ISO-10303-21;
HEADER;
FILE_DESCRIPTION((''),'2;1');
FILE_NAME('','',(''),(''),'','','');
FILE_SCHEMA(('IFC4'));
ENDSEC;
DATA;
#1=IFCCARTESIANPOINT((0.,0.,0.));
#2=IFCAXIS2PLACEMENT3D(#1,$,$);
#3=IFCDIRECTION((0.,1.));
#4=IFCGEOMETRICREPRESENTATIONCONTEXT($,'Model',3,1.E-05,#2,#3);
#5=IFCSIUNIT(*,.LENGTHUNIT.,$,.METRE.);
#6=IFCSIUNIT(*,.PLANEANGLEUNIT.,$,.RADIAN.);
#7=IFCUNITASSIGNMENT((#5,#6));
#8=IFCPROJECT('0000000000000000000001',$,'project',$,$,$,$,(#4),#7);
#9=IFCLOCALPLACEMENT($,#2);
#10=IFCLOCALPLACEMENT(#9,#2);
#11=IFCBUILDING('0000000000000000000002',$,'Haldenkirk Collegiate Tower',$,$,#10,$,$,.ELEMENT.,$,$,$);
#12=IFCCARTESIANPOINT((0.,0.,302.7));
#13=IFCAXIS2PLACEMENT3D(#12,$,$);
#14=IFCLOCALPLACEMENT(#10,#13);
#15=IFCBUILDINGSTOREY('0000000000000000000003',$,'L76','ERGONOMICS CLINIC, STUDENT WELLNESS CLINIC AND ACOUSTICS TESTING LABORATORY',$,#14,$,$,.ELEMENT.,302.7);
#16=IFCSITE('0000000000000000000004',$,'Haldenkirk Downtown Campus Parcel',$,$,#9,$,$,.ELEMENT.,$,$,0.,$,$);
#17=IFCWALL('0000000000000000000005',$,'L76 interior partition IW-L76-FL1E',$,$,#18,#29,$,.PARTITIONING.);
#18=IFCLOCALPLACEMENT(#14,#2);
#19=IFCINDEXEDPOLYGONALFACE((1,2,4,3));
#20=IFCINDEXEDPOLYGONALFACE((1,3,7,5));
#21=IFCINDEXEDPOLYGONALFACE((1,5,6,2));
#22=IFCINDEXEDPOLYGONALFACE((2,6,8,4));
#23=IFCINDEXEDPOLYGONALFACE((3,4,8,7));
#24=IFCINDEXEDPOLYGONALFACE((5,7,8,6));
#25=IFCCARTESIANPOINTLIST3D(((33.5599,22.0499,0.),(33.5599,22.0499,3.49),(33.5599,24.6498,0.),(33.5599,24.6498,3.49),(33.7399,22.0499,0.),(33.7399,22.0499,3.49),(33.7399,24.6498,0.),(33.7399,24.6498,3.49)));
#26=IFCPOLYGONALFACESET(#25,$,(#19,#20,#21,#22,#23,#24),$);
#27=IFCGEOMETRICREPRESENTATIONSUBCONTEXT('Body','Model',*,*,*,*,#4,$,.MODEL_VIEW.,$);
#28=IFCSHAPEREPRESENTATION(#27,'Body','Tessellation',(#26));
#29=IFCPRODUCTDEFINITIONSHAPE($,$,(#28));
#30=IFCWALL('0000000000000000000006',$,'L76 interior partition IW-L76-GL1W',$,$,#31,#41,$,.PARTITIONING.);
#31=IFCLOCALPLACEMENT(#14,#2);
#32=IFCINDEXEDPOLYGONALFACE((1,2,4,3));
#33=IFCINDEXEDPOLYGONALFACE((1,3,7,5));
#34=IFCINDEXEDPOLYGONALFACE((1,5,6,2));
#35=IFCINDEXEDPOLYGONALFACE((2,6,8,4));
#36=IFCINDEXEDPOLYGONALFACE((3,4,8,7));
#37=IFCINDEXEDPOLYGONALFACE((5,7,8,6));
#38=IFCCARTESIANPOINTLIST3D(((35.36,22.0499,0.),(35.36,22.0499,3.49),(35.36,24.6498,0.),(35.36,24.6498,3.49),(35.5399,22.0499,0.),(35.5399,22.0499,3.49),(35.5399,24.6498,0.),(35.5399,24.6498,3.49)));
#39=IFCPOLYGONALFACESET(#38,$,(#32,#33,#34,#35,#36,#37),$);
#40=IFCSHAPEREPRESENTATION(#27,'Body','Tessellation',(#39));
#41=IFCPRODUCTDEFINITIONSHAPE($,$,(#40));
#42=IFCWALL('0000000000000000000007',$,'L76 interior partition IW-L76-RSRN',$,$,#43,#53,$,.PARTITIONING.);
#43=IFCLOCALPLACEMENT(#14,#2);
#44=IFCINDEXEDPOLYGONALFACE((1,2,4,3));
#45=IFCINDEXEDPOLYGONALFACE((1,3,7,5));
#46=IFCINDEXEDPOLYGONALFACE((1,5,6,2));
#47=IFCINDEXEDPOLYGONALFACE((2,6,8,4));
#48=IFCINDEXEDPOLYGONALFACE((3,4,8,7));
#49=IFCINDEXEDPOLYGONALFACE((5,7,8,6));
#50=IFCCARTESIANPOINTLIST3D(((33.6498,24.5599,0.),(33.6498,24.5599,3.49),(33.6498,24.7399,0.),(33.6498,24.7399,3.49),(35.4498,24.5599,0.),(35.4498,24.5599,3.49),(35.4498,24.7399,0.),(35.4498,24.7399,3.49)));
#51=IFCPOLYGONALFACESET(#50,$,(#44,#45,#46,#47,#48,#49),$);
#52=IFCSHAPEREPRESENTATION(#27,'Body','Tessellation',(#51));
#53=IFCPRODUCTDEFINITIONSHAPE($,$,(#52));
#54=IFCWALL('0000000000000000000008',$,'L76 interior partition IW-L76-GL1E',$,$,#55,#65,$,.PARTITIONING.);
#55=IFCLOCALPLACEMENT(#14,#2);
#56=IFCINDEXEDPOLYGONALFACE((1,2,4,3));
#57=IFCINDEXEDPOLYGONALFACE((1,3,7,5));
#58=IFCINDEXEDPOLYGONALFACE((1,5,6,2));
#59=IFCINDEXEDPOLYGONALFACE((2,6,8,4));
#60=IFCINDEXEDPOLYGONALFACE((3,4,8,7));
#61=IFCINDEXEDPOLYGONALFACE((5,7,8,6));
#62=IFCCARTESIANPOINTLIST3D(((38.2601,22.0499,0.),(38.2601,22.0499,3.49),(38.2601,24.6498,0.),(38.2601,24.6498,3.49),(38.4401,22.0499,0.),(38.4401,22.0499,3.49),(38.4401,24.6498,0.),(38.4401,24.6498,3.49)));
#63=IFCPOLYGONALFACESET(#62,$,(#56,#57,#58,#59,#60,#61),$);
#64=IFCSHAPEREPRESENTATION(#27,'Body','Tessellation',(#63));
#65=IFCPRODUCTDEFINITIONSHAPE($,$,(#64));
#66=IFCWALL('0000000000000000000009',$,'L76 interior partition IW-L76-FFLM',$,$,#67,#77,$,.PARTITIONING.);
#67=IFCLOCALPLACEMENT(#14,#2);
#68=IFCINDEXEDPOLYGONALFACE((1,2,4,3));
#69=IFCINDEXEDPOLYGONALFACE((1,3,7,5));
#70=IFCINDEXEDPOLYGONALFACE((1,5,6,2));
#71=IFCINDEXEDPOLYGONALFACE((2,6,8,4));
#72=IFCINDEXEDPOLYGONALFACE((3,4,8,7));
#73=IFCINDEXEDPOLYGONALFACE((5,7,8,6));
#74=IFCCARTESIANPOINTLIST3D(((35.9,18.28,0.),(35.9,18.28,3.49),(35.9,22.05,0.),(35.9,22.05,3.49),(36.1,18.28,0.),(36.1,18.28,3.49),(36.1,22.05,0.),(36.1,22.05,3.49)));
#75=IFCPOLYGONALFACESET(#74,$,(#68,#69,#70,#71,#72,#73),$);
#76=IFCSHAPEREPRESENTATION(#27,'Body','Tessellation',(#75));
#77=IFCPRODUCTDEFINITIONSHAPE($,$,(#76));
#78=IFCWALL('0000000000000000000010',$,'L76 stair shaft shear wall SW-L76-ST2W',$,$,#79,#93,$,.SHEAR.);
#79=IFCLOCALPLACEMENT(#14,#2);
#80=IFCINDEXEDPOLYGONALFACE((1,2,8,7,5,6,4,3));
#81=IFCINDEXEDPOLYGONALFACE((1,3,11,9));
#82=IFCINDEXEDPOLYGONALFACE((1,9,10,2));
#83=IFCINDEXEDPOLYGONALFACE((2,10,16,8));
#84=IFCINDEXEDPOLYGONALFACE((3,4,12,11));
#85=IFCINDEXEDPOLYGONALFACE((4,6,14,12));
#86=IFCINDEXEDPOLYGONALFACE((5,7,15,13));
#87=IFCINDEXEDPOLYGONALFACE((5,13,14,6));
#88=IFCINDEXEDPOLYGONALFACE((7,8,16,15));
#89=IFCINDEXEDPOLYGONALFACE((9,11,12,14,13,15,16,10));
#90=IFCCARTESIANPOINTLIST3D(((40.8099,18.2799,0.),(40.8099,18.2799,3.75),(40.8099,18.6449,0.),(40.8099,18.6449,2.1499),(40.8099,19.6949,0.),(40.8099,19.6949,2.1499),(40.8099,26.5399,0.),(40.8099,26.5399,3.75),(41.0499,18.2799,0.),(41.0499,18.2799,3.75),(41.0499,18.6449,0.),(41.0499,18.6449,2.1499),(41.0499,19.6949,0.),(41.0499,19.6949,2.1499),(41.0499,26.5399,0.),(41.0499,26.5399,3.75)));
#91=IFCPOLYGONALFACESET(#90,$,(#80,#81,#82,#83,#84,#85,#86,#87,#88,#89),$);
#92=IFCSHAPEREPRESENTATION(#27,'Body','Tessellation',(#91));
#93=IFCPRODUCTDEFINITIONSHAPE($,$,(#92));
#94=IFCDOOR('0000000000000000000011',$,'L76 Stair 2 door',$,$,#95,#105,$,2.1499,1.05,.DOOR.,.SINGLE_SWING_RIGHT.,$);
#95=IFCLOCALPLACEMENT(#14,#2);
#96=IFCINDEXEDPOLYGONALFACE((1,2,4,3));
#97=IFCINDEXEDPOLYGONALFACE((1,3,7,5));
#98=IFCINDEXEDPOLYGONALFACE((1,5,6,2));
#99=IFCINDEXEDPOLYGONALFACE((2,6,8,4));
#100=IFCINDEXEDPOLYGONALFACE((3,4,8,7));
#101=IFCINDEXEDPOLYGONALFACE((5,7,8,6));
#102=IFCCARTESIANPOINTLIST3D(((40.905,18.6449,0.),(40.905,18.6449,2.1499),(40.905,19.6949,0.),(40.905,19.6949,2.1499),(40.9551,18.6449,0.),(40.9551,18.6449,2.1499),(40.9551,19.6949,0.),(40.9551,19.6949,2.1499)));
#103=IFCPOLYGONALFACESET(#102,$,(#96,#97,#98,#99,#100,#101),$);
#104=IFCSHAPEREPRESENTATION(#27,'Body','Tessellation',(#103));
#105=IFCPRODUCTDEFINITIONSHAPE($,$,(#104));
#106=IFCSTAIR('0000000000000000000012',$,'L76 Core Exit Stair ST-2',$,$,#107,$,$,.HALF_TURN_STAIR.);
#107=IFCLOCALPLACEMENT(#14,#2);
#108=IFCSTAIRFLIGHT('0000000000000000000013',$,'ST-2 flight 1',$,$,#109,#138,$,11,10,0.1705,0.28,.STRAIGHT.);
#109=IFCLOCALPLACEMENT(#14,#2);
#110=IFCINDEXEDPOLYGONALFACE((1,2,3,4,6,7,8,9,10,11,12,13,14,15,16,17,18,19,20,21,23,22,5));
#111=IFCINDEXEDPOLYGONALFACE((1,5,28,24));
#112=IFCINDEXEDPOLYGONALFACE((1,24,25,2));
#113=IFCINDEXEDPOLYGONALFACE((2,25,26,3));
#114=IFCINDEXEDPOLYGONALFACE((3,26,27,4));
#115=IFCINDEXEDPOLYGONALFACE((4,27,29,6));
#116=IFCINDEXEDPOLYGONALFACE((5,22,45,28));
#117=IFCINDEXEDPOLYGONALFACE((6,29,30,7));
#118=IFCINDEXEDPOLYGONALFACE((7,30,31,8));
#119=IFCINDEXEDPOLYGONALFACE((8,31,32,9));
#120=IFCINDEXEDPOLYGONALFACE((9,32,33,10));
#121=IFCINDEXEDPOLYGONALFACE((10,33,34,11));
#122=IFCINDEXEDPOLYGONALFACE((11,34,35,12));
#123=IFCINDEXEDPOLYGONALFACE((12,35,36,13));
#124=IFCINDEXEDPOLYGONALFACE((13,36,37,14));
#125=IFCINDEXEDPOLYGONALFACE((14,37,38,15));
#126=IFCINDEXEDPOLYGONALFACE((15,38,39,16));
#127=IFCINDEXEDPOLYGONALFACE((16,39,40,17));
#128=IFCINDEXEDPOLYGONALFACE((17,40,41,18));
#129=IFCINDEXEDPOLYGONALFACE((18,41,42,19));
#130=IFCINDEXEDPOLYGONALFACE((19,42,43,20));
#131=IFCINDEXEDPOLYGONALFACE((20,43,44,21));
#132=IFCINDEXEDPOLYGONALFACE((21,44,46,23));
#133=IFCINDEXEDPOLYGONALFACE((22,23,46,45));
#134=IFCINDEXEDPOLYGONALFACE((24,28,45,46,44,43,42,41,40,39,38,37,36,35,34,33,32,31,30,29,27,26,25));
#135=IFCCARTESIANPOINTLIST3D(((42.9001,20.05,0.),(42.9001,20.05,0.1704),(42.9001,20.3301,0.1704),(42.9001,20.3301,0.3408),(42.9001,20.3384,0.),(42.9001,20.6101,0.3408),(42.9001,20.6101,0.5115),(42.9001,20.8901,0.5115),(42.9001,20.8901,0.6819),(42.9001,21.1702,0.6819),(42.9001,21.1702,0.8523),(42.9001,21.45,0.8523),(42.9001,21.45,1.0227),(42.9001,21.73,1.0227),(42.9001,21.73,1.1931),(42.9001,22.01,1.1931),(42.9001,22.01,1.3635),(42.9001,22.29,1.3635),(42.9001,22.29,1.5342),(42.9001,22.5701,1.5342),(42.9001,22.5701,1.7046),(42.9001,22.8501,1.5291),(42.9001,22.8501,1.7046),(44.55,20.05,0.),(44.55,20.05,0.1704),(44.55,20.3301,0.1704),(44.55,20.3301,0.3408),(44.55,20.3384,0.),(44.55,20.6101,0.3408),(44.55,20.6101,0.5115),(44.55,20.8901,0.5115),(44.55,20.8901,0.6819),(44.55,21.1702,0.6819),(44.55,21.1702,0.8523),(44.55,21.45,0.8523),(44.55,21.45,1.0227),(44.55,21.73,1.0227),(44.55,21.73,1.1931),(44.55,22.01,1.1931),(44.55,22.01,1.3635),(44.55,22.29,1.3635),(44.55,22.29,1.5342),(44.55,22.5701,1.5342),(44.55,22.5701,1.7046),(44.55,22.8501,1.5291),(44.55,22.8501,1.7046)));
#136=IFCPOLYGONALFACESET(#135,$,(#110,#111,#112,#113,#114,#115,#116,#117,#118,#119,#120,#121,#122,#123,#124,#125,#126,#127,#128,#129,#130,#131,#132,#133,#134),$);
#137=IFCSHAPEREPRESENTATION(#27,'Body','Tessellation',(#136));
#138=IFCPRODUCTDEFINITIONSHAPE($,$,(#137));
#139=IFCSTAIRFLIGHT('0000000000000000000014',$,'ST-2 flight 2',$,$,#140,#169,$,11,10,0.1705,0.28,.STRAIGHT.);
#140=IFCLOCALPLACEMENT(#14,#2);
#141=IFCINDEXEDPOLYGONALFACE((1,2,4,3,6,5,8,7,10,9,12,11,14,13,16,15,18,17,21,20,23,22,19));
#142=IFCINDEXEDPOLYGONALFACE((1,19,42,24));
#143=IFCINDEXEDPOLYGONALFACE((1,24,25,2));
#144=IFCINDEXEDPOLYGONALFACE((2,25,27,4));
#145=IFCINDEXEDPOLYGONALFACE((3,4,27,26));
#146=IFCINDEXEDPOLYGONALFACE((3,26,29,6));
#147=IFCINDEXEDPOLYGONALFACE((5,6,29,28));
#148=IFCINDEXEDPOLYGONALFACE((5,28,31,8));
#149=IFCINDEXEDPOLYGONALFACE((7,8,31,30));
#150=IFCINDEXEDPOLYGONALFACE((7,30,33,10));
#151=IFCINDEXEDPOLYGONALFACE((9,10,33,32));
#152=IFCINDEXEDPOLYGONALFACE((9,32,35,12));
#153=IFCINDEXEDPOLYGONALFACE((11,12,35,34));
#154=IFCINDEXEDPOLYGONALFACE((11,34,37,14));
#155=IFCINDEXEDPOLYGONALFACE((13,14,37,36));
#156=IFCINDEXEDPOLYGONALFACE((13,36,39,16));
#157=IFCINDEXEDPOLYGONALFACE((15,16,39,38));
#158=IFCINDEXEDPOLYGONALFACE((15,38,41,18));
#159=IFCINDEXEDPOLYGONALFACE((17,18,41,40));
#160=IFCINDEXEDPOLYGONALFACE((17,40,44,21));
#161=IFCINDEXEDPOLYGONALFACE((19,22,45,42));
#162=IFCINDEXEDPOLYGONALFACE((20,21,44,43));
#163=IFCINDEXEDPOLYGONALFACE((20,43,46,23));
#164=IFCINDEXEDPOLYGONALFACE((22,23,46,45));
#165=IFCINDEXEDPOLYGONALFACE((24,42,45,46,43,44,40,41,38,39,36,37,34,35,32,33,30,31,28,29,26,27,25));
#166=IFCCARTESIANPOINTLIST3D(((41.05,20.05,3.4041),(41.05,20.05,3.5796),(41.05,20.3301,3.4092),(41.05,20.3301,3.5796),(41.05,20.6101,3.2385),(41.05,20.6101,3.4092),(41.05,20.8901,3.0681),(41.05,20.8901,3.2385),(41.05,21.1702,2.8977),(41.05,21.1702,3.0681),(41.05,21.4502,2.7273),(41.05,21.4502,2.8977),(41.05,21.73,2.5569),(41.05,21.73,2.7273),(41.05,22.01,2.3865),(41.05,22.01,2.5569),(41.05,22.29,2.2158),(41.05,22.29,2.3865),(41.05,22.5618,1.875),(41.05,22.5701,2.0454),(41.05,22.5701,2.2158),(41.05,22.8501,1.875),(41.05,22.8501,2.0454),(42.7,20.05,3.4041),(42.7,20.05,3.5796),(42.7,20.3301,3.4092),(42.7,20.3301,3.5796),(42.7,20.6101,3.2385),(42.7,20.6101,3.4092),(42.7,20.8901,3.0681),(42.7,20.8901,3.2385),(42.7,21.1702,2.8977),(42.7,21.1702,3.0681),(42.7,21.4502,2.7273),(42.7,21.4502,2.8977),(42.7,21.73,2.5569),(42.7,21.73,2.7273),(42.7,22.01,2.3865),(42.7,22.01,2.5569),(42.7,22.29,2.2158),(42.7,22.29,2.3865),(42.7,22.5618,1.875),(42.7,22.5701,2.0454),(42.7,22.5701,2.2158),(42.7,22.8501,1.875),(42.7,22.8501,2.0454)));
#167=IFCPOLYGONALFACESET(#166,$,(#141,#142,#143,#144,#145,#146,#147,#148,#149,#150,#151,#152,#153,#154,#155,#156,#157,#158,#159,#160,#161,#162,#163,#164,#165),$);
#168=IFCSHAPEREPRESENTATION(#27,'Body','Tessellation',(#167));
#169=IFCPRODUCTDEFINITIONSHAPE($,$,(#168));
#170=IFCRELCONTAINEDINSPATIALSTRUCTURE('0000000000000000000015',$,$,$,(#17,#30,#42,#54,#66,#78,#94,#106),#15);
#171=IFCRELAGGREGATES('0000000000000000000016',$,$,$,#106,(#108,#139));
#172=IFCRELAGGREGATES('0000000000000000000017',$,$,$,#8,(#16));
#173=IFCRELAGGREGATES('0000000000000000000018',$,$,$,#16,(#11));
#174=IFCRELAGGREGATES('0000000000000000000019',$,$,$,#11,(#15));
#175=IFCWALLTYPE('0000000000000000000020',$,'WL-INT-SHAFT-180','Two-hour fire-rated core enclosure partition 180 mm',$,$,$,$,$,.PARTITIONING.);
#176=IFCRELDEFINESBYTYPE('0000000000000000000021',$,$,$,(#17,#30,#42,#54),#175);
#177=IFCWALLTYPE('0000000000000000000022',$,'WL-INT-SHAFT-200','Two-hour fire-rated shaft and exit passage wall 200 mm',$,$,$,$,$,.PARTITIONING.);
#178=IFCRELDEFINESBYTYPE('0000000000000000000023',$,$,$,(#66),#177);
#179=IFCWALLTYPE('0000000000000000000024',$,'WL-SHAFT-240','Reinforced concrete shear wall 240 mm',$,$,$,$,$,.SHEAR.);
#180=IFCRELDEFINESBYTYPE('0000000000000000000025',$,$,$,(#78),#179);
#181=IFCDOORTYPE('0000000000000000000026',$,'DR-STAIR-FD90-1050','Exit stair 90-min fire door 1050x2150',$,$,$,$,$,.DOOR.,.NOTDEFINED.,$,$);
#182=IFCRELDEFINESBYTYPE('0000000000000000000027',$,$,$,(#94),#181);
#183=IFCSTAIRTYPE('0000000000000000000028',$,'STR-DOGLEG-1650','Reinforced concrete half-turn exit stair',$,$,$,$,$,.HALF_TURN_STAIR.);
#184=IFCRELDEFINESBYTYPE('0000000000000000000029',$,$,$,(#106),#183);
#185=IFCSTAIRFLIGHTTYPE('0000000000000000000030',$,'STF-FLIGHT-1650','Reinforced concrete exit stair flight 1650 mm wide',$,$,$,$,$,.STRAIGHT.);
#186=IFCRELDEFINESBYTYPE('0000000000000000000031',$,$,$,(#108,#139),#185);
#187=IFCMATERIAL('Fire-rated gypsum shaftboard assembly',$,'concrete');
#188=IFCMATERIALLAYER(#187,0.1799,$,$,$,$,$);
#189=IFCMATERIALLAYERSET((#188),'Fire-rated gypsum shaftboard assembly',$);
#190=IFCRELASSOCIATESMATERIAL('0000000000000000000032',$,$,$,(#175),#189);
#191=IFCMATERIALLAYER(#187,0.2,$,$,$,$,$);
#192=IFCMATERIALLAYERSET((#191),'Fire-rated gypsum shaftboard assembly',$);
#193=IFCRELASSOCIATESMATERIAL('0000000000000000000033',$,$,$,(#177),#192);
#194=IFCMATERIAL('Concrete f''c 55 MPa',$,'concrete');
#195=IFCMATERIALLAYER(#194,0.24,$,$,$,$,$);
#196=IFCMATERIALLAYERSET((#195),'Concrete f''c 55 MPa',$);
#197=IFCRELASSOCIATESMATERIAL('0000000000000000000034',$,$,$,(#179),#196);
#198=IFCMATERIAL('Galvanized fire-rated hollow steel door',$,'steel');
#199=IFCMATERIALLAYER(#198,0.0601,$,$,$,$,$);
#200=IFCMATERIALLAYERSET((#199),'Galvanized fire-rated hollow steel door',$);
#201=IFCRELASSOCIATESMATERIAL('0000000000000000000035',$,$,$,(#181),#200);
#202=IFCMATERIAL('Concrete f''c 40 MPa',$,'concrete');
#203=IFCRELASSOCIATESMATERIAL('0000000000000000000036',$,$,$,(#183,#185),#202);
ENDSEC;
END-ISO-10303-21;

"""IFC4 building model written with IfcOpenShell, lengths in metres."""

from ifc_helpers import new_model, si_unit, direction, frame, frame_2d, origin, place, context, subcontext, project, spatial, polyline, rectangle, outline, extrude, material, layer, layer_set, type_object, element, fill, aggregate, save


model = new_model("IFC4")

# Units and contexts
model_context = context("Model", 3, precision=1e-05, world=origin(), true_north=direction((0.0, 1.0)))
body_context = subcontext(model_context, "Body", "Model", "MODEL_VIEW")
ifc_project = project(units=[si_unit("LENGTHUNIT", "METRE"), si_unit("PLANEANGLEUNIT", "RADIAN")], contexts=[model_context])

# Site, building, storey
site_placement = place(None, origin())
site = spatial("IfcSite", under=ifc_project, at=site_placement, Name="Haldenkirk Downtown Campus Parcel", CompositionType="ELEMENT", RefElevation=0.0)
building_placement = place(site_placement, origin())
building = spatial("IfcBuilding", under=site, at=building_placement, Name="Haldenkirk Collegiate Tower", CompositionType="ELEMENT")
storey_placement = place(building_placement, frame((0.0, 0.0, 302.7)))
storey = spatial("IfcBuildingStorey", under=building, at=storey_placement, Name="L76", Description="ERGONOMICS CLINIC, STUDENT WELLNESS CLINIC AND ACOUSTICS TESTING LABORATORY", CompositionType="ELEMENT", Elevation=302.7)

# Walls
ifc_material_1 = material(Name="Fire-rated gypsum shaftboard assembly", Category="concrete")
ifc_layer_1 = layer(ifc_material_1, 0.1799)
ifc_layer_set_1 = layer_set([ifc_layer_1], Name="Fire-rated gypsum shaftboard assembly")
wall_type_1 = type_object("IfcWallType", Name="WL-INT-SHAFT-180", Description="Two-hour fire-rated core enclosure partition 180 mm", PredefinedType="PARTITIONING", material=ifc_layer_set_1)
for number, where, z_axis, x_axis, name in (
    (1, (33.6499, 22.05, 0.0), (0.0, 0.0, 1.0), (0.0, 1.0, 0.0), "L76 interior partition IW-L76-FL1E"),
    (2, (35.45, 22.05, 0.0), (0.0, 0.0, 1.0), (0.0, 1.0, 0.0), "L76 interior partition IW-L76-GL1W"),
):
    element("IfcWall", number, at=place(storey_placement, frame(where, z_axis=z_axis, x_axis=x_axis)), inside=storey, type_object=wall_type_1, Name=name, PredefinedType="PARTITIONING", context=body_context, shape_type="SweptSolid", body=[
        extrude(rectangle(XDim=2.5999, YDim=0.1799, at=frame_2d((1.2998, 0.0))), origin(), (0.0, 0.0, 1.0), 3.49),
    ])
wall_1_placement = place(storey_placement, frame((33.6499, 24.6499, 0.0), z_axis=(0.0, 0.0, 1.0), x_axis=(1.0, 0.0, 0.0)))
element("IfcWall", 3, at=wall_1_placement, inside=storey, type_object=wall_type_1, Name="L76 interior partition IW-L76-RSRN", PredefinedType="PARTITIONING", context=body_context, shape_type="SweptSolid", body=[
    extrude(rectangle(XDim=1.8, YDim=0.1799, at=frame_2d((0.8999, 0.0))), origin(), (0.0, 0.0, 1.0), 3.49),
])
wall_2_placement = place(storey_placement, frame((38.3501, 22.05, 0.0), z_axis=(0.0, 0.0, 1.0), x_axis=(0.0, 1.0, 0.0)))
element("IfcWall", 4, at=wall_2_placement, inside=storey, type_object=wall_type_1, Name="L76 interior partition IW-L76-GL1E", PredefinedType="PARTITIONING", context=body_context, shape_type="SweptSolid", body=[
    extrude(rectangle(XDim=2.5999, YDim=0.1799, at=frame_2d((1.2998, 0.0))), origin(), (0.0, 0.0, 1.0), 3.49),
])
ifc_layer_2 = layer(ifc_material_1, 0.2)
ifc_layer_set_2 = layer_set([ifc_layer_2], Name="Fire-rated gypsum shaftboard assembly")
wall_type_2 = type_object("IfcWallType", Name="WL-INT-SHAFT-200", Description="Two-hour fire-rated shaft and exit passage wall 200 mm", PredefinedType="PARTITIONING", material=ifc_layer_set_2)
wall_3_placement = place(storey_placement, frame((36.0, 18.28, 0.0), z_axis=(0.0, 0.0, 1.0), x_axis=(0.0, 1.0, 0.0)))
element("IfcWall", 5, at=wall_3_placement, inside=storey, type_object=wall_type_2, Name="L76 interior partition IW-L76-FFLM", PredefinedType="PARTITIONING", context=body_context, shape_type="SweptSolid", body=[
    extrude(rectangle(XDim=3.77, YDim=0.2, at=frame_2d((1.885, 0.0))), origin(), (0.0, 0.0, 1.0), 3.49),
])

# Wall, opening, door
ifc_material_2 = material(Name="Concrete f'c 55 MPa", Category="concrete")
ifc_layer_3 = layer(ifc_material_2, 0.24)
ifc_layer_set_3 = layer_set([ifc_layer_3], Name="Concrete f'c 55 MPa")
wall_type_3 = type_object("IfcWallType", Name="WL-SHAFT-240", Description="Reinforced concrete shear wall 240 mm", PredefinedType="SHEAR", material=ifc_layer_set_3)
wall_4_placement = place(storey_placement, frame((40.9299, 18.28, 0.0), z_axis=(0.0, 0.0, 1.0), x_axis=(0.0, 1.0, 0.0)))
wall_4 = element("IfcWall", 6, at=wall_4_placement, inside=storey, type_object=wall_type_3, Name="L76 stair shaft shear wall SW-L76-ST2W", PredefinedType="SHEAR", context=body_context, shape_type="SweptSolid", body=[
    extrude(rectangle(XDim=8.26, YDim=0.24, at=frame_2d((4.1299, 0.0))), origin(), (0.0, 0.0, 1.0), 3.75),
])
opening_1_placement = place(wall_4_placement, frame((0.365, 0.0, 0.0)))
opening_1 = element("IfcOpeningElement", 7, at=opening_1_placement, cuts=wall_4, PredefinedType="OPENING", context=body_context, shape_type="SweptSolid", body=[
    extrude(rectangle(XDim=1.05, YDim=2.1499, at=frame_2d((0.5249, 1.075))), frame((0.0, 0.1299, 0.0), z_axis=(0.0, -1.0, 0.0), x_axis=(1.0, 0.0, 0.0)), (0.0, 0.0, 1.0), 0.26),
])
ifc_material_3 = material(Name="Galvanized fire-rated hollow steel door", Category="steel")
ifc_layer_4 = layer(ifc_material_3, 0.0601)
ifc_layer_set_4 = layer_set([ifc_layer_4], Name="Galvanized fire-rated hollow steel door")
door_type_1 = type_object("IfcDoorType", Name="DR-STAIR-FD90-1050", Description="Exit stair 90-min fire door 1050x2150", OperationType="NOTDEFINED", PredefinedType="DOOR", material=ifc_layer_set_4)
door_1_placement = place(opening_1_placement, origin())
door_1 = element("IfcDoor", 8, at=door_1_placement, inside=storey, type_object=door_type_1, Name="L76 Stair 2 door", OperationType="SINGLE_SWING_RIGHT", OverallHeight=2.1499, OverallWidth=1.05, PredefinedType="DOOR", context=body_context, shape_type="SweptSolid", body=[
    extrude(rectangle(XDim=1.05, YDim=2.1499, at=frame_2d((0.5249, 1.075))), frame((0.0, 0.0249, 0.0), z_axis=(0.0, -1.0, 0.0), x_axis=(1.0, 0.0, 0.0)), (0.0, 0.0, 1.0), 0.05),
])
fill(opening_1, door_1)

# Stair, stair flights
ifc_material_4 = material(Name="Concrete f'c 40 MPa", Category="concrete")
stair_type = type_object("IfcStairType", Name="STR-DOGLEG-1650", Description="Reinforced concrete half-turn exit stair", PredefinedType="HALF_TURN_STAIR", material=ifc_material_4)
stair_placement = place(storey_placement, origin())
stair = element("IfcStair", 9, at=stair_placement, inside=storey, type_object=stair_type, Name="L76 Core Exit Stair ST-2", PredefinedType="HALF_TURN_STAIR")
stair_flight_type = type_object("IfcStairFlightType", Name="STF-FLIGHT-1650", Description="Reinforced concrete exit stair flight 1650 mm wide", PredefinedType="STRAIGHT", material=ifc_material_4)
stair_flight_1_placement = place(storey_placement, frame((43.7251, 20.05, 0.0), z_axis=(0.0, 0.0, 1.0), x_axis=(0.0, 1.0, 0.0)))
stair_flight_1 = element("IfcStairFlight", 10, at=stair_flight_1_placement, type_object=stair_flight_type, Name="ST-2 flight 1", NumberOfRisers=11, NumberOfTreads=10, PredefinedType="STRAIGHT", RiserHeight=0.1705, TreadLength=0.28, context=body_context, shape_type="SweptSolid", body=[
    extrude(outline(polyline([(0.0, 0.0), (0.0, 0.1704), (0.28, 0.1704), (0.28, 0.3408), (0.5601, 0.3408), (0.5601, 0.5115), (0.8401, 0.5115), (0.8401, 0.6819), (1.1201, 0.6819), (1.1201, 0.8523), (1.3999, 0.8523), (1.3999, 1.0227), (1.6799, 1.0227), (1.6799, 1.1931), (1.96, 1.1931), (1.96, 1.3635), (2.24, 1.3635), (2.24, 1.5342), (2.52, 1.5342), (2.52, 1.7046), (2.8, 1.7046), (2.8, 1.875), (2.8, 1.5291), (0.2883, 0.0), (0.0, 0.0)])), frame((0.0, 0.825, 0.0), z_axis=(0.0, -1.0, 0.0), x_axis=(1.0, 0.0, 0.0)), (0.0, 0.0, 1.0), 1.6499),
])
stair_flight_2_placement = place(storey_placement, frame((41.875, 22.8501, 1.875), z_axis=(0.0, 0.0, 1.0), x_axis=(0.0, -1.0, 0.0)))
stair_flight_2 = element("IfcStairFlight", 11, at=stair_flight_2_placement, type_object=stair_flight_type, Name="ST-2 flight 2", NumberOfRisers=11, NumberOfTreads=10, PredefinedType="STRAIGHT", RiserHeight=0.1705, TreadLength=0.28, context=body_context, shape_type="SweptSolid", body=[
    extrude(outline(polyline([(0.0, 0.0), (0.0, 0.1704), (0.28, 0.1704), (0.28, 0.3408), (0.5601, 0.3408), (0.5601, 0.5115), (0.8401, 0.5115), (0.8401, 0.6819), (1.1201, 0.6819), (1.1201, 0.8523), (1.3999, 0.8523), (1.3999, 1.0227), (1.6799, 1.0227), (1.6799, 1.1931), (1.96, 1.1931), (1.96, 1.3635), (2.24, 1.3635), (2.24, 1.5342), (2.52, 1.5342), (2.52, 1.7046), (2.8, 1.7046), (2.8, 1.875), (2.8, 1.5291), (0.2883, 0.0), (0.0, 0.0)])), frame((0.0, 0.825, 0.0), z_axis=(0.0, -1.0, 0.0), x_axis=(1.0, 0.0, 0.0)), (0.0, 0.0, 1.0), 1.6499),
])
aggregate(stair, [stair_flight_1, stair_flight_2])

save(model, "model.ifc")
